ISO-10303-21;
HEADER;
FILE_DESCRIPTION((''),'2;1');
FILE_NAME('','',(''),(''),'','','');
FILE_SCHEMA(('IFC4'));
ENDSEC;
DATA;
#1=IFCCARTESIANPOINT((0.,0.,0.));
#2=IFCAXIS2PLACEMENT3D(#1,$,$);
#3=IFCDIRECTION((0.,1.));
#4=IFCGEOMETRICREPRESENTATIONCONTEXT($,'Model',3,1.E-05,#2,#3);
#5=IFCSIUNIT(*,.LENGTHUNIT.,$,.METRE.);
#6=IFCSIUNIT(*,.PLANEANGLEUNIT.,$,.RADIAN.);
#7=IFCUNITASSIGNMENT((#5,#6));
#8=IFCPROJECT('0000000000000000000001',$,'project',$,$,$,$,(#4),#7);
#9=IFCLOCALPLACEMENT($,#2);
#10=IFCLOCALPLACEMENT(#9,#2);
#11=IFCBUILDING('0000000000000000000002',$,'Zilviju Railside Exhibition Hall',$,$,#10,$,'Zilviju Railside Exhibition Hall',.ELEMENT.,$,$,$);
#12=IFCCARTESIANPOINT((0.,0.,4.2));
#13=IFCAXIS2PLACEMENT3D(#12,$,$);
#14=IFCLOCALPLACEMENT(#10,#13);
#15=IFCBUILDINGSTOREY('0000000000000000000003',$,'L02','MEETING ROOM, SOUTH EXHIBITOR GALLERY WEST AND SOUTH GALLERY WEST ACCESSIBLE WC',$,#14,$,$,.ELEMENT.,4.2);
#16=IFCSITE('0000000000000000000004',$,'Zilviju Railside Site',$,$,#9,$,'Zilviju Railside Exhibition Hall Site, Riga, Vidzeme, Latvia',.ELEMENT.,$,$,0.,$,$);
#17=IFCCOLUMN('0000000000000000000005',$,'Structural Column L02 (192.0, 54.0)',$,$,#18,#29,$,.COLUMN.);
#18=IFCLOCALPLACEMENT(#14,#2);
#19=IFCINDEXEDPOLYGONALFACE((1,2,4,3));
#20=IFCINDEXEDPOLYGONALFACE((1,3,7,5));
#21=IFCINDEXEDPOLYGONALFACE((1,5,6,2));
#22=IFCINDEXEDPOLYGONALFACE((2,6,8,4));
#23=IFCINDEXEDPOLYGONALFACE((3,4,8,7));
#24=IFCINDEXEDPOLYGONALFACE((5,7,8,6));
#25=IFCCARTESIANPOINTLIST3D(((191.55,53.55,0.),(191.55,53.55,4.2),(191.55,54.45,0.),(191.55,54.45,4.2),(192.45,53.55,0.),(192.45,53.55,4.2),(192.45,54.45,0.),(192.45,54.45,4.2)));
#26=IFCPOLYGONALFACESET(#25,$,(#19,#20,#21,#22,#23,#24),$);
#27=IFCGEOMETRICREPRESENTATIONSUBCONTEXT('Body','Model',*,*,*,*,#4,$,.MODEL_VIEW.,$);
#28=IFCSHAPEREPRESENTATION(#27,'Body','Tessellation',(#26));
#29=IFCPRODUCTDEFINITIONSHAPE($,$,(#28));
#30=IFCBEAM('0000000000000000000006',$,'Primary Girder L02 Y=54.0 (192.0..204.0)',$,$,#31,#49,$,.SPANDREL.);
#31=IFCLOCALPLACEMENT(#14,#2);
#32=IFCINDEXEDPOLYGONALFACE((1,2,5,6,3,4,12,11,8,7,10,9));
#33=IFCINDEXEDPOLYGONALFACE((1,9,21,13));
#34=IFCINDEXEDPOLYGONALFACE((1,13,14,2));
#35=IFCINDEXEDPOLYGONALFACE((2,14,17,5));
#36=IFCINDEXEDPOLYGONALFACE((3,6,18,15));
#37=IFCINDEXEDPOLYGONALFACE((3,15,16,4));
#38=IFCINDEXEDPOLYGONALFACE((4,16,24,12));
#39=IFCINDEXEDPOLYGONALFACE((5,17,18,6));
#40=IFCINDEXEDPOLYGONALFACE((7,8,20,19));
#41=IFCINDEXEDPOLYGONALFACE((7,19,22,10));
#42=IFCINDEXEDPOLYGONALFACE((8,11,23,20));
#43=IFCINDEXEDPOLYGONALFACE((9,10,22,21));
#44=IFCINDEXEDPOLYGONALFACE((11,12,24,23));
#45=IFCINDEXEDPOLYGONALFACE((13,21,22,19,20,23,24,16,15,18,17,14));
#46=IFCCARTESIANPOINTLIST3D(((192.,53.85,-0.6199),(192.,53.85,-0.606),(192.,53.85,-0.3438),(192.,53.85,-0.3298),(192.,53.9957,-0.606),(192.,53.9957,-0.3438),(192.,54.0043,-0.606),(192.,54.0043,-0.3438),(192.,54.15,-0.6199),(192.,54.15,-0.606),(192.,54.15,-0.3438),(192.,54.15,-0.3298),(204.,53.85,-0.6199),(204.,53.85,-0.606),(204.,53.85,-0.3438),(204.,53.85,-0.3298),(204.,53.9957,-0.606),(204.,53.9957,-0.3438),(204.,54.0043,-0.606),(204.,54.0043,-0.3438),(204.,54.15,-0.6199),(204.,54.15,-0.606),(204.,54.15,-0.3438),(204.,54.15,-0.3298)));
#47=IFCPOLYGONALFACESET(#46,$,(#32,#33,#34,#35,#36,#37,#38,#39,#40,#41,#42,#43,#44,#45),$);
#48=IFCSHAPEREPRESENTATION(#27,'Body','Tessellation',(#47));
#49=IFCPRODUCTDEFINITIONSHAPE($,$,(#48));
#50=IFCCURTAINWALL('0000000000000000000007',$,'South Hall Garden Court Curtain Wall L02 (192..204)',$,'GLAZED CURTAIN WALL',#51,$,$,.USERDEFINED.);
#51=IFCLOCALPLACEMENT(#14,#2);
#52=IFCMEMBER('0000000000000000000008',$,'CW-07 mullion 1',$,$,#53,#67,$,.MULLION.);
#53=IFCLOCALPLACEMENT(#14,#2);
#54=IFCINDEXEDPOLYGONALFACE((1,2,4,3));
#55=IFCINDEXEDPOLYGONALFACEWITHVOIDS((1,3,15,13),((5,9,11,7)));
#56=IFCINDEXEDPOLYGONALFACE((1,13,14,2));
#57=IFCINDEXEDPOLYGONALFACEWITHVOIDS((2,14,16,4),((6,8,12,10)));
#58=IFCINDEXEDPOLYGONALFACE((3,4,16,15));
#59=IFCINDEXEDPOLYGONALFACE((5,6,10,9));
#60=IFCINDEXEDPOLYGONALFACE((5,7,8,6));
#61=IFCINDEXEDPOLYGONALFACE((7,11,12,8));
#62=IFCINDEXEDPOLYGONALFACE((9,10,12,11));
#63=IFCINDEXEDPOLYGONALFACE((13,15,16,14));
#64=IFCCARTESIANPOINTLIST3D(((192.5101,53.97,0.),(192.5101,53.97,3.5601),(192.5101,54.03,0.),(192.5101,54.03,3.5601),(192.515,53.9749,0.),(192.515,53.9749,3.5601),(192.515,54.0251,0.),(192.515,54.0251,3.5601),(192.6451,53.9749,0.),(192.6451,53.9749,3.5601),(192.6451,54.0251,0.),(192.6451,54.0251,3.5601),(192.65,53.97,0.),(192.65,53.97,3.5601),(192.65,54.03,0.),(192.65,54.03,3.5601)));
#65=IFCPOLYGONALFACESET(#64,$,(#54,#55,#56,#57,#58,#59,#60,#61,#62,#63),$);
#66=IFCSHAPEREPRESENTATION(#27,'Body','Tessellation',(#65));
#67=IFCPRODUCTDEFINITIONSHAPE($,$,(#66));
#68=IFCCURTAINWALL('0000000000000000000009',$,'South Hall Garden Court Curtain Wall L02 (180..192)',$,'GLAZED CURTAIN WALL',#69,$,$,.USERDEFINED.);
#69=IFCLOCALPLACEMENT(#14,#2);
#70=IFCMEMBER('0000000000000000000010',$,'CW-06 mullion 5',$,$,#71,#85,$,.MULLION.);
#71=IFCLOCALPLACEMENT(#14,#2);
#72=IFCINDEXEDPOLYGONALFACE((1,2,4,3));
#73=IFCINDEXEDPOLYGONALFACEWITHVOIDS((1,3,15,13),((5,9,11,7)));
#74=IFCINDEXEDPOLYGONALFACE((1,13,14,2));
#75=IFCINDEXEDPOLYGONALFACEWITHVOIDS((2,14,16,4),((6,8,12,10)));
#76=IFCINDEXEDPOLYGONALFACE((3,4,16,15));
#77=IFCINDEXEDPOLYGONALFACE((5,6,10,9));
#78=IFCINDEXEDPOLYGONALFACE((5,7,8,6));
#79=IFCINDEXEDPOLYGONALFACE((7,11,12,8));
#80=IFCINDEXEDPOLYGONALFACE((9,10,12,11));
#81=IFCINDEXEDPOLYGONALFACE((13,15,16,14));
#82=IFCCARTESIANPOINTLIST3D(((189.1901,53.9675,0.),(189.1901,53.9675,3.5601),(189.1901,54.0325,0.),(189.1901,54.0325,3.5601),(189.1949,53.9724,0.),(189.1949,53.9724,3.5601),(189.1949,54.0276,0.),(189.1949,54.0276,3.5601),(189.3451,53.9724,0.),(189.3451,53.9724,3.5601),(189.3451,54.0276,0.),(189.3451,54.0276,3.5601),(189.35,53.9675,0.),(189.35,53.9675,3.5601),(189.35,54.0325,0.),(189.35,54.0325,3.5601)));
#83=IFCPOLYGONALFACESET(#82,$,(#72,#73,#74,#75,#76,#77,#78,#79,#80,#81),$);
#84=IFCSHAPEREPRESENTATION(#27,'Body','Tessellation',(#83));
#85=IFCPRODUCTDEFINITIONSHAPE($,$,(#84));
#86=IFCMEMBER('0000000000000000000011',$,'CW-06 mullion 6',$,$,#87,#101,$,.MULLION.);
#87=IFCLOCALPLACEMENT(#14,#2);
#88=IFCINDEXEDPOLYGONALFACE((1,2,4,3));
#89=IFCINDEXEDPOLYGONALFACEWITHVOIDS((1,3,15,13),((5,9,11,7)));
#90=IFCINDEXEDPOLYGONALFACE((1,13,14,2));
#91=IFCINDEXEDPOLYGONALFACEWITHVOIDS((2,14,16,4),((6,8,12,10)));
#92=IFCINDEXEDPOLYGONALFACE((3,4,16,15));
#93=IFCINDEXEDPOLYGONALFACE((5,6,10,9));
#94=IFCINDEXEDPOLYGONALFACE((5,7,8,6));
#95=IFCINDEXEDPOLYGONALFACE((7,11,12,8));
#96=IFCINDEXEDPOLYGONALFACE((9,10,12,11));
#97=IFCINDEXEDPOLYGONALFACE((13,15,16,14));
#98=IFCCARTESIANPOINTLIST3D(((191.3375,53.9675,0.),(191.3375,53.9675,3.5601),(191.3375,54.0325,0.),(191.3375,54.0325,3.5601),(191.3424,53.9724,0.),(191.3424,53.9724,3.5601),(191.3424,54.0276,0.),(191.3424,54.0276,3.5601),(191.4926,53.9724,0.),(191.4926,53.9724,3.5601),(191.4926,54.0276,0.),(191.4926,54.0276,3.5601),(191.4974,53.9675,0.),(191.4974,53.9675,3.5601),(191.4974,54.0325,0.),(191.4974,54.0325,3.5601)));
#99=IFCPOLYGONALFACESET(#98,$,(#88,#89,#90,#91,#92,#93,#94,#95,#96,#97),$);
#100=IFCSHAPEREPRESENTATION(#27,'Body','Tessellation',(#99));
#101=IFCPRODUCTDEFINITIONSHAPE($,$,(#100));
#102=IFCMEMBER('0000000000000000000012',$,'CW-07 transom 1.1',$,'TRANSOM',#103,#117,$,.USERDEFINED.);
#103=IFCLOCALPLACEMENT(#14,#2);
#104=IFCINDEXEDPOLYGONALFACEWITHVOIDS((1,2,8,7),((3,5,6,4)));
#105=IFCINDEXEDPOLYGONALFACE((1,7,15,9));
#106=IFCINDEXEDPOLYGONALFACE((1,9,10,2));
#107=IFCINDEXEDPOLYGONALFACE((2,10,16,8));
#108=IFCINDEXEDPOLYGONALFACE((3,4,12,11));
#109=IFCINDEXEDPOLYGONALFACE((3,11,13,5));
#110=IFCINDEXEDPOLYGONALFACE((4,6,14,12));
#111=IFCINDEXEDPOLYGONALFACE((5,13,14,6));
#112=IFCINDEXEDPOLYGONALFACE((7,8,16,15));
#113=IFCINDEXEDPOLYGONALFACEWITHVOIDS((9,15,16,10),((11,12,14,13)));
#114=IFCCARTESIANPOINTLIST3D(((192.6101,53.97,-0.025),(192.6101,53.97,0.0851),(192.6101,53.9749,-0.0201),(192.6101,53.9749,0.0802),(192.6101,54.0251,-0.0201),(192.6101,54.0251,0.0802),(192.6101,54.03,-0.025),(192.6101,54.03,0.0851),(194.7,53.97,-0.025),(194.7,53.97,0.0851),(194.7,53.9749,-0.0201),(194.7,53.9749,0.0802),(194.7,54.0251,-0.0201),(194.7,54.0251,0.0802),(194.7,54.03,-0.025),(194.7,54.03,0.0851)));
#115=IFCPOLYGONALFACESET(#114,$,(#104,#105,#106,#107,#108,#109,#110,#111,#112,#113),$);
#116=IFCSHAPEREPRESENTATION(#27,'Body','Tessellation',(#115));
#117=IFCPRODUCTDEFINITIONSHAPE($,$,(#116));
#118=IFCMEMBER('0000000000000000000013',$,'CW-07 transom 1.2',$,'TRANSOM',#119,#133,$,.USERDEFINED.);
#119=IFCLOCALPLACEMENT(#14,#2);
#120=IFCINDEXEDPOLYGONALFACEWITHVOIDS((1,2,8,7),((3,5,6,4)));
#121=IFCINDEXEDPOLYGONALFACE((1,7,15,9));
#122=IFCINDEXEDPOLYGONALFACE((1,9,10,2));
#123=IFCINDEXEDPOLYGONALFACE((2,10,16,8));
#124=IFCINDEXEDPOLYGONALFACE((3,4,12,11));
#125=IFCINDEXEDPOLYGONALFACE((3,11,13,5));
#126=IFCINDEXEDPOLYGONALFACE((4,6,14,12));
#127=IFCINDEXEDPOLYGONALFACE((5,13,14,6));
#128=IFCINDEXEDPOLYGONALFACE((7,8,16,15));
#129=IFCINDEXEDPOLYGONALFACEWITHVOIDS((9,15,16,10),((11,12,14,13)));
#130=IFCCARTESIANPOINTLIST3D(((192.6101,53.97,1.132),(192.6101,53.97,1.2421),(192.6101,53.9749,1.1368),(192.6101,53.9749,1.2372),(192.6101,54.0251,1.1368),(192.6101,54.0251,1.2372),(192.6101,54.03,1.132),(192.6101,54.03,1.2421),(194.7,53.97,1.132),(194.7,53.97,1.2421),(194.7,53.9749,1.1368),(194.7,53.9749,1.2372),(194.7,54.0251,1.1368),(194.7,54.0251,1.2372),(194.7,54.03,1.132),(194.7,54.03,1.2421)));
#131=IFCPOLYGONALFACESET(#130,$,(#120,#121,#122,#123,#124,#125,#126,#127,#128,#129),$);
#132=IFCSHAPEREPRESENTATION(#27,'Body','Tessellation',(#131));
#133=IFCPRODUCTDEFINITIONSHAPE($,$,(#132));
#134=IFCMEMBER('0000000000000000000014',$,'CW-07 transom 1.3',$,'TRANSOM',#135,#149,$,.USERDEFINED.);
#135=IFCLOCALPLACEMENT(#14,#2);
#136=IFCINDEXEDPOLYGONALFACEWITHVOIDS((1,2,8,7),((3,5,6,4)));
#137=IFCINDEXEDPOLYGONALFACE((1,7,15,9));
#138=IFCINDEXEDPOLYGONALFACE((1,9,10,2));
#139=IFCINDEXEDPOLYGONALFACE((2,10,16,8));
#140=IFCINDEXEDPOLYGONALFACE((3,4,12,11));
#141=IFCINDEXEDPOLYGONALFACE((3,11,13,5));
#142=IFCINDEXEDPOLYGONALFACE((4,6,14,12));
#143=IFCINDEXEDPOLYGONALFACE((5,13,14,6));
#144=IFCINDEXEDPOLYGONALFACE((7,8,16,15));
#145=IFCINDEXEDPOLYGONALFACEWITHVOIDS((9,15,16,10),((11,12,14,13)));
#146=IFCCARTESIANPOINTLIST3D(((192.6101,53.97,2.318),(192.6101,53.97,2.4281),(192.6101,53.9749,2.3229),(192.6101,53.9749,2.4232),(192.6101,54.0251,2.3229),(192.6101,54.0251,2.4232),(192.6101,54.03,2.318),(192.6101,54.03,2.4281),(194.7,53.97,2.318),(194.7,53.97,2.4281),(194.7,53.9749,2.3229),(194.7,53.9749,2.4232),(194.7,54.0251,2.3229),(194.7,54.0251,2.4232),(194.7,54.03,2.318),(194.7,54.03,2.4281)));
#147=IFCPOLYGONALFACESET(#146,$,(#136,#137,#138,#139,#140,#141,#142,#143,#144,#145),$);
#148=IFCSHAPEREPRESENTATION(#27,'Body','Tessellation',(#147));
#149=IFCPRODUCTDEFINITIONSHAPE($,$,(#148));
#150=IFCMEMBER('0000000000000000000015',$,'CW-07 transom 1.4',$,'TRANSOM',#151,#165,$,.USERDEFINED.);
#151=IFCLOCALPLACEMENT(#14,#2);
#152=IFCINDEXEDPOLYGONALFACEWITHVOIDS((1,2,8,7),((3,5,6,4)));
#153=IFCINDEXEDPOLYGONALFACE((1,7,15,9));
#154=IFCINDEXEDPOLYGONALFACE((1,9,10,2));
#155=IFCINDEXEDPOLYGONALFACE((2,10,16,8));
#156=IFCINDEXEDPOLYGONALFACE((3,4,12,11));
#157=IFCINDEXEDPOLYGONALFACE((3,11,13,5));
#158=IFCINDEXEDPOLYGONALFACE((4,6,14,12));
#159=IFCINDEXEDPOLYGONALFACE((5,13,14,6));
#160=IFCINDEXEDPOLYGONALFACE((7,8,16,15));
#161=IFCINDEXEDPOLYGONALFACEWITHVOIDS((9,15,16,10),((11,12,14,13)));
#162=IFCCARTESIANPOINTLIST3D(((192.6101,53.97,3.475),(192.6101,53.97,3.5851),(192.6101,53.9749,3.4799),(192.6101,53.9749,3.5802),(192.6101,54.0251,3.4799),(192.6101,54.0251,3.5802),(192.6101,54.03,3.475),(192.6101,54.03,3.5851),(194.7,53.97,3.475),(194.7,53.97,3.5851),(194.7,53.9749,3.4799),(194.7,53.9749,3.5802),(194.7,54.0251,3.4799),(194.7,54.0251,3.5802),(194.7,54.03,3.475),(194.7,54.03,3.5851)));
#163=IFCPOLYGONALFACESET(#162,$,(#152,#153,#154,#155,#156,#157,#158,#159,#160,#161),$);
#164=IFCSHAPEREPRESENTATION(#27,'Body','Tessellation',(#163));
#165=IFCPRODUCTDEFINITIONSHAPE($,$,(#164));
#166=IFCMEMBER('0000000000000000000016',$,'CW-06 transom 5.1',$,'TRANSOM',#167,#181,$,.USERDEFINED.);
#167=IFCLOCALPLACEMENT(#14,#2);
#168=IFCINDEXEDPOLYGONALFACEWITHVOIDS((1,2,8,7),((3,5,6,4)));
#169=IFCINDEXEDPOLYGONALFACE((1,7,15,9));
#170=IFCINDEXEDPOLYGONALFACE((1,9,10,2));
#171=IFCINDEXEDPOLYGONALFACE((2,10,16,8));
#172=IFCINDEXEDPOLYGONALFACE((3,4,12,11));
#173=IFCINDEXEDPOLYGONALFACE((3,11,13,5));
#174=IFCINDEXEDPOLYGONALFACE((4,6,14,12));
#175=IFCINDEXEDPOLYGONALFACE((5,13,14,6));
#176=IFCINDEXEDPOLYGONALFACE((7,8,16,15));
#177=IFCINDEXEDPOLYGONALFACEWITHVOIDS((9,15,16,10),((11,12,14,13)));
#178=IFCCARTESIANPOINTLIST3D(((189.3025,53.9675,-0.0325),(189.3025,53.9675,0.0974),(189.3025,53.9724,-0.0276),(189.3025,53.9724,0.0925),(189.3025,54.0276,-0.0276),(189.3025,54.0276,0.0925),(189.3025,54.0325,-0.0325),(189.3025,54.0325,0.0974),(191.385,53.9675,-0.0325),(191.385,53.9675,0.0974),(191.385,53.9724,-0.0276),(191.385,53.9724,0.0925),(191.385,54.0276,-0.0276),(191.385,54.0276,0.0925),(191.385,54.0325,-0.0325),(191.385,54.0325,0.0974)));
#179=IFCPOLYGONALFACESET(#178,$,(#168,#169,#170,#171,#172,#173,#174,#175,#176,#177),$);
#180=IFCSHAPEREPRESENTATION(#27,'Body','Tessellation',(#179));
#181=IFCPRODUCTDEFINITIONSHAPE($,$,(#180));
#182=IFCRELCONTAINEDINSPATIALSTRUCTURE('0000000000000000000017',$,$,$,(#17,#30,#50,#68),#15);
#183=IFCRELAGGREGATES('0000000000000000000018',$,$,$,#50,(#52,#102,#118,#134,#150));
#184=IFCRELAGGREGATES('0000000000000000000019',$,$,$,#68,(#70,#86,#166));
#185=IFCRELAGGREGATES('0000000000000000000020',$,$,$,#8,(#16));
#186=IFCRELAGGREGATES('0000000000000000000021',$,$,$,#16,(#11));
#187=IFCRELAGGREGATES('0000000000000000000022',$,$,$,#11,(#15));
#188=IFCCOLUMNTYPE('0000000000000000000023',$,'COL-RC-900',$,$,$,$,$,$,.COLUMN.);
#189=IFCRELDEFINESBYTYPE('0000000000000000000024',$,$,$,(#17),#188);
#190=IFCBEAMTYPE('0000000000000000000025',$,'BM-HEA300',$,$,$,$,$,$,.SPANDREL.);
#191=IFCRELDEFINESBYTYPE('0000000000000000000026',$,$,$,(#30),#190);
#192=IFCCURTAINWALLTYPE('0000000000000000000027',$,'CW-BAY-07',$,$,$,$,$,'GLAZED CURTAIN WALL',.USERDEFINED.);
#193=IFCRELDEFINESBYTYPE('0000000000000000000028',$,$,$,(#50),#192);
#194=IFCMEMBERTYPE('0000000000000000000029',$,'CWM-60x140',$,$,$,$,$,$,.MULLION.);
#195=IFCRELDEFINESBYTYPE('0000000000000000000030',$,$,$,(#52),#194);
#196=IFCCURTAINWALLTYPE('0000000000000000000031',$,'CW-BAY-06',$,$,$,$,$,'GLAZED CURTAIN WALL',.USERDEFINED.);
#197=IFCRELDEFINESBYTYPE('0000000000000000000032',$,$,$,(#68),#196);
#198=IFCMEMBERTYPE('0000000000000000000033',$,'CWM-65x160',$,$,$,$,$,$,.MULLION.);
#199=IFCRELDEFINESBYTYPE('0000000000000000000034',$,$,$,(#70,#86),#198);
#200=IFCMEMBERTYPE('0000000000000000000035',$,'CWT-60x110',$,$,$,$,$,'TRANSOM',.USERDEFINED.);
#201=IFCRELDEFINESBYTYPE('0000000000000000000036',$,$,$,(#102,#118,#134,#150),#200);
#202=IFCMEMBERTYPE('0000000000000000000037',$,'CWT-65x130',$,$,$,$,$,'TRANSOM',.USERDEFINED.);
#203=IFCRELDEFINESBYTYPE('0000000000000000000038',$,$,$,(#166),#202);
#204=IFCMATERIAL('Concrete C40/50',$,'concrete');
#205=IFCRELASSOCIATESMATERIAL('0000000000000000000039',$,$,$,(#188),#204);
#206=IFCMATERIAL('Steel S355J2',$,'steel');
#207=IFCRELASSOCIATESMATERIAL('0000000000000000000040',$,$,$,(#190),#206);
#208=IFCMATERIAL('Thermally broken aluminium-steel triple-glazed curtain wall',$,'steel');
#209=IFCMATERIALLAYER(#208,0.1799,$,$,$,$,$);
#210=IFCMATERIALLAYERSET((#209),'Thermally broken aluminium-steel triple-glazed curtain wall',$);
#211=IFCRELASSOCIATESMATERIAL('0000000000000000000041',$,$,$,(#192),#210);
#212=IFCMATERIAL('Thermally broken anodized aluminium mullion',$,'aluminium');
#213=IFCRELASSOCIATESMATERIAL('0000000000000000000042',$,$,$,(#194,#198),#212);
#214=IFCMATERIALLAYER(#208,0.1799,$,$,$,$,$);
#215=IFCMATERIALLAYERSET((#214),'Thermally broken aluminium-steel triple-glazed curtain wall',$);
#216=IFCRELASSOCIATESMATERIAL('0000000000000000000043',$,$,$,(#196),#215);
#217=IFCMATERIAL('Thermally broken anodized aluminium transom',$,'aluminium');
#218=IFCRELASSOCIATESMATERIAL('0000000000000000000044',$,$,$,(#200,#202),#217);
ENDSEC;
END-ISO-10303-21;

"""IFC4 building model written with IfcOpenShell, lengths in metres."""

from ifc_helpers import new_model, si_unit, direction, frame, origin, origin_2d, place, context, subcontext, project, spatial, rectangle, hollow_rectangle, i_section, extrude, material, layer, layer_set, material_profile, profile_set, type_object, element, aggregate, save


model = new_model("IFC4")

# Units and contexts
model_context = context("Model", 3, precision=1e-05, world=origin(), true_north=direction((0.0, 1.0)))
body_context = subcontext(model_context, "Body", "Model", "MODEL_VIEW")
ifc_project = project(units=[si_unit("LENGTHUNIT", "METRE"), si_unit("PLANEANGLEUNIT", "RADIAN")], contexts=[model_context])

# Site, building, storey
site_placement = place(None, origin())
site = spatial("IfcSite", under=ifc_project, at=site_placement, Name="Zilviju Railside Site", LongName="Zilviju Railside Exhibition Hall Site, Riga, Vidzeme, Latvia", CompositionType="ELEMENT", RefElevation=0.0)
building_placement = place(site_placement, origin())
building = spatial("IfcBuilding", under=site, at=building_placement, Name="Zilviju Railside Exhibition Hall", LongName="Zilviju Railside Exhibition Hall", CompositionType="ELEMENT")
storey_placement = place(building_placement, frame((0.0, 0.0, 4.2)))
storey = spatial("IfcBuildingStorey", under=building, at=storey_placement, Name="L02", Description="MEETING ROOM, SOUTH EXHIBITOR GALLERY WEST AND SOUTH GALLERY WEST ACCESSIBLE WC", CompositionType="ELEMENT", Elevation=4.2)

# Column
ifc_material_1 = material(Name="Concrete C40/50", Category="concrete")
ifc_material_profile_1 = material_profile(ifc_material_1, rectangle(XDim=0.8999, YDim=0.8999, at=origin_2d()), Name="RC COL 900x900")
ifc_profile_set_1 = profile_set([ifc_material_profile_1], Name="Concrete C40/50")
column_type = type_object("IfcColumnType", Name="COL-RC-900", PredefinedType="COLUMN", material=ifc_profile_set_1)
column_placement = place(storey_placement, frame((192.0, 54.0, 0.0), z_axis=(0.0, 0.0, 1.0), x_axis=(1.0, 0.0, 0.0)))
element("IfcColumn", 1, at=column_placement, inside=storey, type_object=column_type, Name="Structural Column L02 (192.0, 54.0)", PredefinedType="COLUMN", context=body_context, shape_type="SweptSolid", body=[
    extrude(rectangle(XDim=0.8999, YDim=0.8999, at=origin_2d()), origin(), (0.0, 0.0, 1.0), 4.2),
])

# Beam
ifc_material_2 = material(Name="Steel S355J2", Category="steel")
ifc_material_profile_2 = material_profile(ifc_material_2, i_section(OverallWidth=0.3, OverallDepth=0.29, WebThickness=0.0085, FlangeThickness=0.0139, at=origin_2d()), Name="HEA 300")
ifc_profile_set_2 = profile_set([ifc_material_profile_2], Name="Steel S355J2")
beam_type = type_object("IfcBeamType", Name="BM-HEA300", PredefinedType="SPANDREL", material=ifc_profile_set_2)
beam_placement = place(storey_placement, frame((192.0, 54.0, -0.4749), z_axis=(1.0, 0.0, 0.0), x_axis=(0.0, 1.0, 0.0)))
element("IfcBeam", 2, at=beam_placement, inside=storey, type_object=beam_type, Name="Primary Girder L02 Y=54.0 (192.0..204.0)", PredefinedType="SPANDREL", context=body_context, shape_type="SweptSolid", body=[
    extrude(i_section(OverallWidth=0.3, OverallDepth=0.29, WebThickness=0.0085, FlangeThickness=0.0139, at=origin_2d()), origin(), (0.0, 0.0, 1.0), 12.0),
])

# Curtain wall, member
ifc_material_3 = material(Name="Thermally broken aluminium-steel triple-glazed curtain wall", Category="steel")
ifc_layer_1 = layer(ifc_material_3, 0.1799)
ifc_layer_set_1 = layer_set([ifc_layer_1], Name="Thermally broken aluminium-steel triple-glazed curtain wall")
curtain_wall_type_1 = type_object("IfcCurtainWallType", Name="CW-BAY-07", ElementType="GLAZED CURTAIN WALL", PredefinedType="USERDEFINED", material=ifc_layer_set_1)
curtain_wall_1_placement = place(storey_placement, origin())
curtain_wall_1 = element("IfcCurtainWall", 3, at=curtain_wall_1_placement, inside=storey, type_object=curtain_wall_type_1, Name="South Hall Garden Court Curtain Wall L02 (192..204)", ObjectType="GLAZED CURTAIN WALL", PredefinedType="USERDEFINED")
ifc_material_4 = material(Name="Thermally broken anodized aluminium mullion", Category="aluminium")
ifc_material_profile_3 = material_profile(ifc_material_4, hollow_rectangle(XDim=0.0601, YDim=0.1399, WallThickness=0.0049, at=origin_2d()), Name="MULLION 140x60x5")
ifc_profile_set_3 = profile_set([ifc_material_profile_3], Name="Thermally broken anodized aluminium mullion")
member_type_1 = type_object("IfcMemberType", Name="CWM-60x140", PredefinedType="MULLION", material=ifc_profile_set_3)
member_1_placement = place(storey_placement, frame((192.5801, 54.0, 0.0), z_axis=(0.0, 0.0, 1.0), x_axis=(0.0, 1.0, 0.0)))
member_1 = element("IfcMember", 4, at=member_1_placement, type_object=member_type_1, Name="CW-07 mullion 1", PredefinedType="MULLION", context=body_context, shape_type="SweptSolid", body=[
    extrude(hollow_rectangle(XDim=0.0601, YDim=0.1399, WallThickness=0.0049, at=origin_2d()), origin(), (0.0, 0.0, 1.0), 3.5601),
])

# Curtain wall, members
ifc_layer_2 = layer(ifc_material_3, 0.1799)
ifc_layer_set_2 = layer_set([ifc_layer_2], Name="Thermally broken aluminium-steel triple-glazed curtain wall")
curtain_wall_type_2 = type_object("IfcCurtainWallType", Name="CW-BAY-06", ElementType="GLAZED CURTAIN WALL", PredefinedType="USERDEFINED", material=ifc_layer_set_2)
curtain_wall_2_placement = place(storey_placement, origin())
curtain_wall_2 = element("IfcCurtainWall", 5, at=curtain_wall_2_placement, inside=storey, type_object=curtain_wall_type_2, Name="South Hall Garden Court Curtain Wall L02 (180..192)", ObjectType="GLAZED CURTAIN WALL", PredefinedType="USERDEFINED")
ifc_material_profile_4 = material_profile(ifc_material_4, hollow_rectangle(XDim=0.0649, YDim=0.1599, WallThickness=0.0049, at=origin_2d()), Name="MULLION 160x65x5")
ifc_profile_set_4 = profile_set([ifc_material_profile_4], Name="Thermally broken anodized aluminium mullion")
member_type_2 = type_object("IfcMemberType", Name="CWM-65x160", PredefinedType="MULLION", material=ifc_profile_set_4)
member_2_placement = place(storey_placement, frame((189.27, 54.0, 0.0), z_axis=(0.0, 0.0, 1.0), x_axis=(0.0, 1.0, 0.0)))
member_2 = element("IfcMember", 6, at=member_2_placement, type_object=member_type_2, Name="CW-06 mullion 5", PredefinedType="MULLION", context=body_context, shape_type="SweptSolid", body=[
    extrude(hollow_rectangle(XDim=0.0649, YDim=0.1599, WallThickness=0.0049, at=origin_2d()), origin(), (0.0, 0.0, 1.0), 3.5601),
])
member_3_placement = place(storey_placement, frame((191.4175, 54.0, 0.0), z_axis=(0.0, 0.0, 1.0), x_axis=(0.0, 1.0, 0.0)))
member_3 = element("IfcMember", 7, at=member_3_placement, type_object=member_type_2, Name="CW-06 mullion 6", PredefinedType="MULLION", context=body_context, shape_type="SweptSolid", body=[
    extrude(hollow_rectangle(XDim=0.0649, YDim=0.1599, WallThickness=0.0049, at=origin_2d()), origin(), (0.0, 0.0, 1.0), 3.5601),
])

# Members
ifc_material_5 = material(Name="Thermally broken anodized aluminium transom", Category="aluminium")
ifc_material_profile_5 = material_profile(ifc_material_5, hollow_rectangle(XDim=0.0601, YDim=0.1101, WallThickness=0.0049, at=origin_2d()), Name="TRANSOM 110x60x5")
ifc_profile_set_5 = profile_set([ifc_material_profile_5], Name="Thermally broken anodized aluminium transom")
member_type_3 = type_object("IfcMemberType", Name="CWT-60x110", ElementType="TRANSOM", PredefinedType="USERDEFINED", material=ifc_profile_set_5)
member_4_placement = place(storey_placement, frame((192.6101, 54.0, 0.03), z_axis=(1.0, 0.0, 0.0), x_axis=(0.0, 1.0, 0.0)))
member_4 = element("IfcMember", 8, at=member_4_placement, type_object=member_type_3, Name="CW-07 transom 1.1", ObjectType="TRANSOM", PredefinedType="USERDEFINED", context=body_context, shape_type="SweptSolid", body=[
    extrude(hollow_rectangle(XDim=0.0601, YDim=0.1101, WallThickness=0.0049, at=origin_2d()), origin(), (0.0, 0.0, 1.0), 2.0898),
])
member_5_placement = place(storey_placement, frame((192.6101, 54.0, 1.187), z_axis=(1.0, 0.0, 0.0), x_axis=(0.0, 1.0, 0.0)))
member_5 = element("IfcMember", 9, at=member_5_placement, type_object=member_type_3, Name="CW-07 transom 1.2", ObjectType="TRANSOM", PredefinedType="USERDEFINED", context=body_context, shape_type="SweptSolid", body=[
    extrude(hollow_rectangle(XDim=0.0601, YDim=0.1101, WallThickness=0.0049, at=origin_2d()), origin(), (0.0, 0.0, 1.0), 2.0898),
])
member_6_placement = place(storey_placement, frame((192.6101, 54.0, 2.373), z_axis=(1.0, 0.0, 0.0), x_axis=(0.0, 1.0, 0.0)))
member_6 = element("IfcMember", 10, at=member_6_placement, type_object=member_type_3, Name="CW-07 transom 1.3", ObjectType="TRANSOM", PredefinedType="USERDEFINED", context=body_context, shape_type="SweptSolid", body=[
    extrude(hollow_rectangle(XDim=0.0601, YDim=0.1101, WallThickness=0.0049, at=origin_2d()), origin(), (0.0, 0.0, 1.0), 2.0898),
])
member_7_placement = place(storey_placement, frame((192.6101, 54.0, 3.53), z_axis=(1.0, 0.0, 0.0), x_axis=(0.0, 1.0, 0.0)))
member_7 = element("IfcMember", 11, at=member_7_placement, type_object=member_type_3, Name="CW-07 transom 1.4", ObjectType="TRANSOM", PredefinedType="USERDEFINED", context=body_context, shape_type="SweptSolid", body=[
    extrude(hollow_rectangle(XDim=0.0601, YDim=0.1101, WallThickness=0.0049, at=origin_2d()), origin(), (0.0, 0.0, 1.0), 2.0898),
])
ifc_material_profile_6 = material_profile(ifc_material_5, hollow_rectangle(XDim=0.0649, YDim=0.1299, WallThickness=0.0049, at=origin_2d()), Name="TRANSOM 130x65x5")
ifc_profile_set_6 = profile_set([ifc_material_profile_6], Name="Thermally broken anodized aluminium transom")
member_type_4 = type_object("IfcMemberType", Name="CWT-65x130", ElementType="TRANSOM", PredefinedType="USERDEFINED", material=ifc_profile_set_6)
member_8_placement = place(storey_placement, frame((189.3025, 54.0, 0.0325), z_axis=(1.0, 0.0, 0.0), x_axis=(0.0, 1.0, 0.0)))
member_8 = element("IfcMember", 12, at=member_8_placement, type_object=member_type_4, Name="CW-06 transom 5.1", ObjectType="TRANSOM", PredefinedType="USERDEFINED", context=body_context, shape_type="SweptSolid", body=[
    extrude(hollow_rectangle(XDim=0.0649, YDim=0.1299, WallThickness=0.0049, at=origin_2d()), origin(), (0.0, 0.0, 1.0), 2.0825),
])

aggregate(curtain_wall_1, [member_1, member_4, member_5, member_6, member_7])
aggregate(curtain_wall_2, [member_2, member_3, member_8])

save(model, "model.ifc")
